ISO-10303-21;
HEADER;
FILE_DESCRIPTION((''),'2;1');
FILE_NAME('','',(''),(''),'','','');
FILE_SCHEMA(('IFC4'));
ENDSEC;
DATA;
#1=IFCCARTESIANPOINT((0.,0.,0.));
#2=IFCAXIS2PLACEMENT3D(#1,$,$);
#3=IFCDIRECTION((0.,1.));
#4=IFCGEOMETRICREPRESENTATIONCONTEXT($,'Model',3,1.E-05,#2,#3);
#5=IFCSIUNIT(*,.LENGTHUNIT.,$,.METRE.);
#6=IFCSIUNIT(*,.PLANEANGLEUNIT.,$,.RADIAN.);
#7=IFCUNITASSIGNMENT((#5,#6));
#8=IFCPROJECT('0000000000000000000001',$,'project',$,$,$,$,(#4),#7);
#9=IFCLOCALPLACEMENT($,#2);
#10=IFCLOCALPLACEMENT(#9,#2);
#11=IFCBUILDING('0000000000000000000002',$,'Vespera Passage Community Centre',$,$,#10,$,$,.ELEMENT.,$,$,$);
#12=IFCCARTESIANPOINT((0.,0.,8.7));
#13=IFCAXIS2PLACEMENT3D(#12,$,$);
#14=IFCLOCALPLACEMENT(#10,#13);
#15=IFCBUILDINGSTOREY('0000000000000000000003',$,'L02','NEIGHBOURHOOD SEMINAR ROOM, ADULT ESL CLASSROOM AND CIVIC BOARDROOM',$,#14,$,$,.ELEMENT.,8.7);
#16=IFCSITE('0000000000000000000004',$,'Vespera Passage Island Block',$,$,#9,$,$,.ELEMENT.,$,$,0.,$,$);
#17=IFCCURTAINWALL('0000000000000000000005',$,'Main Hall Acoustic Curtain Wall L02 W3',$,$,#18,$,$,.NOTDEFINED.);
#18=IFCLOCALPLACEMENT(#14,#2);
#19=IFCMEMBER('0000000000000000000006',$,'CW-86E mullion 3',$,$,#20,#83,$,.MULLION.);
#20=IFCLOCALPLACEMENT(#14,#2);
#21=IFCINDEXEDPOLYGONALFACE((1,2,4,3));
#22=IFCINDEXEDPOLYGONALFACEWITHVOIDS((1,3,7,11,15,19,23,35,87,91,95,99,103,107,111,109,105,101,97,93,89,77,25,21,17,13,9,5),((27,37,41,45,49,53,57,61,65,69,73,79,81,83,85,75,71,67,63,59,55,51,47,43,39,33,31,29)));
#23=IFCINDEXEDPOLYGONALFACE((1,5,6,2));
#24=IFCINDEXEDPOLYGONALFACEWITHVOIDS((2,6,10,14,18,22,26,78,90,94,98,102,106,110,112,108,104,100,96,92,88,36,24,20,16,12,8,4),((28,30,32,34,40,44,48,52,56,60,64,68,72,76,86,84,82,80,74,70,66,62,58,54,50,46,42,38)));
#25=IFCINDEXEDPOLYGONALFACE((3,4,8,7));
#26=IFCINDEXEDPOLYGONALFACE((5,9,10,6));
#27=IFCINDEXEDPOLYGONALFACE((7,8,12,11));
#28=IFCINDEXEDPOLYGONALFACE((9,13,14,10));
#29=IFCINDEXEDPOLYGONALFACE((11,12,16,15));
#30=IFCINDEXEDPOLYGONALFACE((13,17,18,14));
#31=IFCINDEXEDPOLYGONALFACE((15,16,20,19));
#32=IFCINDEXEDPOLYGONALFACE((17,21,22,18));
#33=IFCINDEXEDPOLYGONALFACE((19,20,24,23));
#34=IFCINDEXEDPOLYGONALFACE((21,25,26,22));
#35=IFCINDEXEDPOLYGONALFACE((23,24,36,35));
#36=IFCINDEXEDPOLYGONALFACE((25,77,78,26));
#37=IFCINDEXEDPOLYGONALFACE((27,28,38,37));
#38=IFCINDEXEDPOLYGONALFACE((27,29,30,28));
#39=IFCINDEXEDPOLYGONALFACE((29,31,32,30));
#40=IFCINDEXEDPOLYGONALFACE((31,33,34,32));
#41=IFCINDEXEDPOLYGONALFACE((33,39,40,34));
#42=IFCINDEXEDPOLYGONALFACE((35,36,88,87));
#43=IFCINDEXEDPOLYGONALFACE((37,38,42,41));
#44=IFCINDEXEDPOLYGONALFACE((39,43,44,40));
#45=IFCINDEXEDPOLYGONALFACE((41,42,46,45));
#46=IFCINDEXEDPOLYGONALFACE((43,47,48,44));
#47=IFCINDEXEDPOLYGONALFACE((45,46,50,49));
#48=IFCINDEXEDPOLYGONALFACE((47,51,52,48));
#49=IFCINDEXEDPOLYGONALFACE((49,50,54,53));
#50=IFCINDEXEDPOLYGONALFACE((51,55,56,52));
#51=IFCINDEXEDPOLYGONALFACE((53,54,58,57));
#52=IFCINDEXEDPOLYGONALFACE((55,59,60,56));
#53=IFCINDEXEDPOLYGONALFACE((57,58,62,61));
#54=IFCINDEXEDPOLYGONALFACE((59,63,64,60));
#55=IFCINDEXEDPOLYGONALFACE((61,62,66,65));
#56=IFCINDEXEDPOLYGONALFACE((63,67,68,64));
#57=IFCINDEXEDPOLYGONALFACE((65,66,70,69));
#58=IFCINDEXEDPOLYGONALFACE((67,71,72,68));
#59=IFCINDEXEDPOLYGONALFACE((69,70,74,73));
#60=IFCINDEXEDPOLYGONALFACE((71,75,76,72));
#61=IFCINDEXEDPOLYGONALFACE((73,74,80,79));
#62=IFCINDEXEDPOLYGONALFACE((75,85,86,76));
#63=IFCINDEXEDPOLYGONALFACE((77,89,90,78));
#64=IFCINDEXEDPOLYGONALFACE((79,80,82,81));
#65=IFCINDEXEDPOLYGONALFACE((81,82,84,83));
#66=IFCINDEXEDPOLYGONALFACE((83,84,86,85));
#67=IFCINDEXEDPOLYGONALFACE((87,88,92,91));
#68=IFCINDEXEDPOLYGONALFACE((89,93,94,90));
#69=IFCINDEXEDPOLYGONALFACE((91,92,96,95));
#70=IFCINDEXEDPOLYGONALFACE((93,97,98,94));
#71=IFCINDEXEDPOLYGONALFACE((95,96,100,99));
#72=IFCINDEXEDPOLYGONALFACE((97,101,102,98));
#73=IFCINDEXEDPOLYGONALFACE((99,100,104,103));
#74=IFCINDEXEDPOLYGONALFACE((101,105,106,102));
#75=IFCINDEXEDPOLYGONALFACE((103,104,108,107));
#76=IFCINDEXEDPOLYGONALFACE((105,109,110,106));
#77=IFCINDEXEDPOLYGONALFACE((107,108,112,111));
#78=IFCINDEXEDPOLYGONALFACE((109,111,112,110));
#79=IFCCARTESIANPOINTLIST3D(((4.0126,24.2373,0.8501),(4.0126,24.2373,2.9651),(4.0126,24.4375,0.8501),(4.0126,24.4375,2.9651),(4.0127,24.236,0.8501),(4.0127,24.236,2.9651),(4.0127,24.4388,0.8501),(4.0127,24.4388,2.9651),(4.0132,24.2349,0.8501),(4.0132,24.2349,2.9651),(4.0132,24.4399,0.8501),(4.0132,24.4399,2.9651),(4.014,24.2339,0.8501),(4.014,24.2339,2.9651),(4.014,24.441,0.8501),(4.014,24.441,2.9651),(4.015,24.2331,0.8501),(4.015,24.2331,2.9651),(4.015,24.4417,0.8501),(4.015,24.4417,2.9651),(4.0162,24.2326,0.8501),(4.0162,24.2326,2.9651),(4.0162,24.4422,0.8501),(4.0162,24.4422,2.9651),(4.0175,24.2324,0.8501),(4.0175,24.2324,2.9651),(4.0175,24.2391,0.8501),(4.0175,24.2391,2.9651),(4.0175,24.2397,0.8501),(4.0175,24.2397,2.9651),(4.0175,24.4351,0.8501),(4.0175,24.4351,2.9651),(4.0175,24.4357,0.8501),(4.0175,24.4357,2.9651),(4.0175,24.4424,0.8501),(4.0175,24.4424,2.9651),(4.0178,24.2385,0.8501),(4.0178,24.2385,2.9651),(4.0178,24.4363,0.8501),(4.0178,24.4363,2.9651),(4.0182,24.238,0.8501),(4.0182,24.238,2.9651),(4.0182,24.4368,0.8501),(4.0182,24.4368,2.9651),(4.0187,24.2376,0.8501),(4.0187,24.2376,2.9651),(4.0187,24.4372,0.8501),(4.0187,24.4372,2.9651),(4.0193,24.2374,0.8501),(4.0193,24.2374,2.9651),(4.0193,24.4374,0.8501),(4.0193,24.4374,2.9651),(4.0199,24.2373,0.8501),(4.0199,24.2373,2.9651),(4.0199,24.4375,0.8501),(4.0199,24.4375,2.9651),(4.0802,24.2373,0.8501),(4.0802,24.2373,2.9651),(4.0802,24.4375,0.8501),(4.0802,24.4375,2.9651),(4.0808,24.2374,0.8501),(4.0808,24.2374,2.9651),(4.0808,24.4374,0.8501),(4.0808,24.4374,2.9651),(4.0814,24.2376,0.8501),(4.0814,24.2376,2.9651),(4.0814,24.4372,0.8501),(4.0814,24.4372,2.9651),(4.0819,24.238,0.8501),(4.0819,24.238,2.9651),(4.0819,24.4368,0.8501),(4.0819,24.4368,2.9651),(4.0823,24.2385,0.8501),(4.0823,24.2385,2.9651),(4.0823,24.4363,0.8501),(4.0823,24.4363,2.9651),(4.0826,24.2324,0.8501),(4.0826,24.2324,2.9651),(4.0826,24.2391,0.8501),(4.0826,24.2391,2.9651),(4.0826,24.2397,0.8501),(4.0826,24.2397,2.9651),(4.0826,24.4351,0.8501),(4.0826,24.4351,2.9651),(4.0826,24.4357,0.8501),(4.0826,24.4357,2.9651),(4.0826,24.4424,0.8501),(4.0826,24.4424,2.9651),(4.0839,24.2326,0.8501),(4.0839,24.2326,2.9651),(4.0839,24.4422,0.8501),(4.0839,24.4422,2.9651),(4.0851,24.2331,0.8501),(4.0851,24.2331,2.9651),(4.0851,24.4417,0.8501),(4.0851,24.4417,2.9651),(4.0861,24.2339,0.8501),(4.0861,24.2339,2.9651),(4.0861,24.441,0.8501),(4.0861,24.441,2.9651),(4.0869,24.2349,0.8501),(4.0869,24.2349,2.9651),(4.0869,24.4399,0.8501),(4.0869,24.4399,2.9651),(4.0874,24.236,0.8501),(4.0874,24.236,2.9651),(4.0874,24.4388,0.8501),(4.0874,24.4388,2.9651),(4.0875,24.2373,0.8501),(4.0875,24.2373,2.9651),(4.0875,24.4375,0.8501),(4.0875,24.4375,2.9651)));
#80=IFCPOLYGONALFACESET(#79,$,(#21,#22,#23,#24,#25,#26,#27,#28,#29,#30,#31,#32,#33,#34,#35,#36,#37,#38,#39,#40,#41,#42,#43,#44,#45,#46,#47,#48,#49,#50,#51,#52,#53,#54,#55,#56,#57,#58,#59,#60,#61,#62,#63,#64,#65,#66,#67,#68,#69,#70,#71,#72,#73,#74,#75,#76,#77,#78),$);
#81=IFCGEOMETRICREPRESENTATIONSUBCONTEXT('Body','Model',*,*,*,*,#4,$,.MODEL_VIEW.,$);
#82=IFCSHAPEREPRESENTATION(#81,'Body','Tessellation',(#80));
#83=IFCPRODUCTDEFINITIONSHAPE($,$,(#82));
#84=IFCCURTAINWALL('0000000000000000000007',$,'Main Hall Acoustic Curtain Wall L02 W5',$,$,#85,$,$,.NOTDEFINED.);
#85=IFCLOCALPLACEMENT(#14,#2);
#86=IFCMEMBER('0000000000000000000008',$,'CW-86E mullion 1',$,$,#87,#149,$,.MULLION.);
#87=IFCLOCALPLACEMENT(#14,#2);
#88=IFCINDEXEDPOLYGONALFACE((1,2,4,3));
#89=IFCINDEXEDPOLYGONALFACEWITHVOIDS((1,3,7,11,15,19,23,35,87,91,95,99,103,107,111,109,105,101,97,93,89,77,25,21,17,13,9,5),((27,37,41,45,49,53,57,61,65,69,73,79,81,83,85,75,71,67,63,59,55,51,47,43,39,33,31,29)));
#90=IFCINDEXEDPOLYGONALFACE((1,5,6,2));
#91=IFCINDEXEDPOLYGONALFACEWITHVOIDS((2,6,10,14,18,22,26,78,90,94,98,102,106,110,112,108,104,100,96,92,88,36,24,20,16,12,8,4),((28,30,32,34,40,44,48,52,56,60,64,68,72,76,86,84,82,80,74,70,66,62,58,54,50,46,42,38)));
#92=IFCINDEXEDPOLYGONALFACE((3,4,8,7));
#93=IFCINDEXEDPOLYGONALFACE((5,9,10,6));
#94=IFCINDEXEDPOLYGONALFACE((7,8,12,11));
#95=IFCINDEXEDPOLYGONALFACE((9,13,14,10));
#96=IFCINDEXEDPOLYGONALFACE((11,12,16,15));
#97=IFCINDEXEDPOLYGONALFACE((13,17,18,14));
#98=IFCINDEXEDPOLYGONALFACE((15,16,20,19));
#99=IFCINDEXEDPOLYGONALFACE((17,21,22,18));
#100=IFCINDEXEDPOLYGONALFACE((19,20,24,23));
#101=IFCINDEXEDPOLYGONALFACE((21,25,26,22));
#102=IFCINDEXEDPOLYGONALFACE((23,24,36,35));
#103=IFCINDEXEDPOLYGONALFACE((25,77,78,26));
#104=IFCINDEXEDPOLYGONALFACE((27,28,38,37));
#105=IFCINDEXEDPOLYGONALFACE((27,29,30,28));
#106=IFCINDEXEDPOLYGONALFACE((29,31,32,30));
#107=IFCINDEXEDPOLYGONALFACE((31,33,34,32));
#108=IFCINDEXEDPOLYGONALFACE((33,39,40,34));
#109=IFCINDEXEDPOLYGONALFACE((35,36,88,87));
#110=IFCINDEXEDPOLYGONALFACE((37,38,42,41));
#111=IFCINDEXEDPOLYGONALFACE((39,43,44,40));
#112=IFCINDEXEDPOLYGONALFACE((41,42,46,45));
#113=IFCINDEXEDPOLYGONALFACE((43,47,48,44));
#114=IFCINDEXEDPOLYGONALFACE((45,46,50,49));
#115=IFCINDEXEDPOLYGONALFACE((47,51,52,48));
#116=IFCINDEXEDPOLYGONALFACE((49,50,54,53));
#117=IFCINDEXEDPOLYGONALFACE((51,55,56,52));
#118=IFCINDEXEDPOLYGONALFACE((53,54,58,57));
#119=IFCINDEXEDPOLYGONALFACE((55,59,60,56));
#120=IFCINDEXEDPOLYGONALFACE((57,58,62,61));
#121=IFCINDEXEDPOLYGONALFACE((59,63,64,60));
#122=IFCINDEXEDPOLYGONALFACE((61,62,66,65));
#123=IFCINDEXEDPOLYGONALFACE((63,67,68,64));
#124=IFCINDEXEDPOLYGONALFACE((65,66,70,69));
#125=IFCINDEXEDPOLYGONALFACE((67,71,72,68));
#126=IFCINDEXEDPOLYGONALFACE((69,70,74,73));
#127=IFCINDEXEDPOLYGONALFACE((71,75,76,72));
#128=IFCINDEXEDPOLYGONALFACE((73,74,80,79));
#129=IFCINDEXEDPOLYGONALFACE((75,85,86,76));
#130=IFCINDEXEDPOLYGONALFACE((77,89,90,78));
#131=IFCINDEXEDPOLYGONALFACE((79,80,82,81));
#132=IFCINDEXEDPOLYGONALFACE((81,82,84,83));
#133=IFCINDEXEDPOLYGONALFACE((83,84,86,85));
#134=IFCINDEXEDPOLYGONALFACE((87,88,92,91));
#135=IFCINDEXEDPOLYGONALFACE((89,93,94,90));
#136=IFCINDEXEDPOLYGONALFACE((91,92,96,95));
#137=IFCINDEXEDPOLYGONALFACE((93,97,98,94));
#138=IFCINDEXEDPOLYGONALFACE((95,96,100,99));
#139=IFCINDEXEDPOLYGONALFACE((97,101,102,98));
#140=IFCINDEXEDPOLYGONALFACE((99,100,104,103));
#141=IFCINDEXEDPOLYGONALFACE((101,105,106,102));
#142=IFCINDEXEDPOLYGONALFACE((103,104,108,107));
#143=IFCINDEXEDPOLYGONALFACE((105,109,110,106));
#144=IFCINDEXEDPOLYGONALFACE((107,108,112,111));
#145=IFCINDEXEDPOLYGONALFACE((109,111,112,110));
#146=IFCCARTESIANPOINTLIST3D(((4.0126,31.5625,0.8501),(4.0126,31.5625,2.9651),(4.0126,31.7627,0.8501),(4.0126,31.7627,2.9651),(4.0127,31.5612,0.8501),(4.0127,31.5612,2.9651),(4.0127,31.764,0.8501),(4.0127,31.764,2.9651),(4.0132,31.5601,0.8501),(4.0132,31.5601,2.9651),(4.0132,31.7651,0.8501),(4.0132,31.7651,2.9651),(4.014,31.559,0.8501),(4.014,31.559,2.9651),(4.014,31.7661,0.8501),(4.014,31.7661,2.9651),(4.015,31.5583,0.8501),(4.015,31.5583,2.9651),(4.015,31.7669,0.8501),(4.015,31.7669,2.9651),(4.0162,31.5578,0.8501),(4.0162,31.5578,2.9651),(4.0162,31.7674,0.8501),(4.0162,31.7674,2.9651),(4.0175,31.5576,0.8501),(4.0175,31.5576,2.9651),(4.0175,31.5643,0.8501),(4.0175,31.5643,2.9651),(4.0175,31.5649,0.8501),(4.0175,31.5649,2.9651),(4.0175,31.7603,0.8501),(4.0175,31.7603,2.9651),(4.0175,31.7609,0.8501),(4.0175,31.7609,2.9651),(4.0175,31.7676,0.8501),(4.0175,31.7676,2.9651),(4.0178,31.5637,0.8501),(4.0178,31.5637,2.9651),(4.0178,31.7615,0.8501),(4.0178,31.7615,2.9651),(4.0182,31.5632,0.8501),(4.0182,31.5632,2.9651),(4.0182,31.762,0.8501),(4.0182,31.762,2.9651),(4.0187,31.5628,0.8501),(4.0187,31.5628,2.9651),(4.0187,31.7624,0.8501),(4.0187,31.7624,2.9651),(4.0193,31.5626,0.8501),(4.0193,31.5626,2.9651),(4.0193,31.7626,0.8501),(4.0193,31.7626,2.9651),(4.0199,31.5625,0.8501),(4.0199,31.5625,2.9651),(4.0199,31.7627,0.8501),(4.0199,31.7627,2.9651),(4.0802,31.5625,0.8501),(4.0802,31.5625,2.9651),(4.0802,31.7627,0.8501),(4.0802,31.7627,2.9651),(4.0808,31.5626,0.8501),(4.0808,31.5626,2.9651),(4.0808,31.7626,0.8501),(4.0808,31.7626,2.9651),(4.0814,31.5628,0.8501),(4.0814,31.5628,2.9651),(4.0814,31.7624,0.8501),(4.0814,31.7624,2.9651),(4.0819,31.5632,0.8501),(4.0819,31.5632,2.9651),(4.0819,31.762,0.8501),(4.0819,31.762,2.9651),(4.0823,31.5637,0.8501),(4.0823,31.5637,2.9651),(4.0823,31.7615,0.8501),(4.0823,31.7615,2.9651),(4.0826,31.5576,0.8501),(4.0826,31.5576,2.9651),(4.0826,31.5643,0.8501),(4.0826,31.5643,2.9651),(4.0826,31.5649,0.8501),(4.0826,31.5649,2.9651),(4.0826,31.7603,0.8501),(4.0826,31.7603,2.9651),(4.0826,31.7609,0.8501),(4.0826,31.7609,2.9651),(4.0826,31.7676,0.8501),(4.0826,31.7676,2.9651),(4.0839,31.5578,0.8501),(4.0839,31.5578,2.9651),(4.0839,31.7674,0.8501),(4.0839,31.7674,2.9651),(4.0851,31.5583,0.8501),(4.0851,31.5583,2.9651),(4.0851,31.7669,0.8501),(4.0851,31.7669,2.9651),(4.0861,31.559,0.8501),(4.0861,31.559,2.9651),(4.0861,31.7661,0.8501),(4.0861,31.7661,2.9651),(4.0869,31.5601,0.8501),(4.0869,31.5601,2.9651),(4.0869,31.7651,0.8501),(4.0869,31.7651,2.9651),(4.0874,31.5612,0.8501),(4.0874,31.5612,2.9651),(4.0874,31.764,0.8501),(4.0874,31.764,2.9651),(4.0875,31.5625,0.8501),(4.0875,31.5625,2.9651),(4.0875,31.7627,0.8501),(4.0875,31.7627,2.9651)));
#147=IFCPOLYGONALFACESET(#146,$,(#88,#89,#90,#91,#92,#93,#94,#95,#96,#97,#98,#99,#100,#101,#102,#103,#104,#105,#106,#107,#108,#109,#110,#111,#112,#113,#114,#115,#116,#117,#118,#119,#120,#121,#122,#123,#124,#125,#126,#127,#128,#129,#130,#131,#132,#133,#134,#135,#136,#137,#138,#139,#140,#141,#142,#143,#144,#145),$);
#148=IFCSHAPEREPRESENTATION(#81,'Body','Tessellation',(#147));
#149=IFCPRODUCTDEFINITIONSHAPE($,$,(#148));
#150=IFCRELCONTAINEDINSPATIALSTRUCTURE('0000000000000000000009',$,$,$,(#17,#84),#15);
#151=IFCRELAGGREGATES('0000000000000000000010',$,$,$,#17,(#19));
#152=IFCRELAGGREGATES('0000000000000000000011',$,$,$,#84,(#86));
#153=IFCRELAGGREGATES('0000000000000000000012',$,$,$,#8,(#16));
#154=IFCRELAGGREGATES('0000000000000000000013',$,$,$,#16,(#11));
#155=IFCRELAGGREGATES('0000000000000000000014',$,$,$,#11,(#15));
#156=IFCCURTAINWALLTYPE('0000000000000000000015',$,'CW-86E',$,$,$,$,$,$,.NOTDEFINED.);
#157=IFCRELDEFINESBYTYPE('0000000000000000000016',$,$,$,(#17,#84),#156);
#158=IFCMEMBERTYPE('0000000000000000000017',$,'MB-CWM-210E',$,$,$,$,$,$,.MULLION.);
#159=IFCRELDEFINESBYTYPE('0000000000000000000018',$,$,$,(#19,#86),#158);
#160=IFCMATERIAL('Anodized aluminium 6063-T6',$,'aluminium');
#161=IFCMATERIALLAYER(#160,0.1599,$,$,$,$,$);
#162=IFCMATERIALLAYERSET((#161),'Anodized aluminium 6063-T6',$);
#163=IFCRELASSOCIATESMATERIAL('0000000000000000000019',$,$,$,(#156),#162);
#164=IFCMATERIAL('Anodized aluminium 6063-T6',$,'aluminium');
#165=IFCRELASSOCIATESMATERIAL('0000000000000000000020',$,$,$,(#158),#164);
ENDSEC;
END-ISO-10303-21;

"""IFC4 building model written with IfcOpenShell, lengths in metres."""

from ifc_helpers import new_model, si_unit, direction, frame, origin, origin_2d, place, context, subcontext, project, spatial, hollow_rectangle, extrude, material, layer, layer_set, material_profile, profile_set, type_object, element, aggregate, save


model = new_model("IFC4")

# Units and contexts
model_context = context("Model", 3, precision=1e-05, world=origin(), true_north=direction((0.0, 1.0)))
body_context = subcontext(model_context, "Body", "Model", "MODEL_VIEW")
ifc_project = project(units=[si_unit("LENGTHUNIT", "METRE"), si_unit("PLANEANGLEUNIT", "RADIAN")], contexts=[model_context])

# Site, building, storey
site_placement = place(None, origin())
site = spatial("IfcSite", under=ifc_project, at=site_placement, Name="Vespera Passage Island Block", CompositionType="ELEMENT", RefElevation=0.0)
building_placement = place(site_placement, origin())
building = spatial("IfcBuilding", under=site, at=building_placement, Name="Vespera Passage Community Centre", CompositionType="ELEMENT")
storey_placement = place(building_placement, frame((0.0, 0.0, 8.7)))
storey = spatial("IfcBuildingStorey", under=building, at=storey_placement, Name="L02", Description="NEIGHBOURHOOD SEMINAR ROOM, ADULT ESL CLASSROOM AND CIVIC BOARDROOM", CompositionType="ELEMENT", Elevation=8.7)

# Shared definitions
ifc_material_1 = material(Name="Anodized aluminium 6063-T6", Category="aluminium")
ifc_layer_1 = layer(ifc_material_1, 0.1599)
ifc_layer_set_1 = layer_set([ifc_layer_1], Name="Anodized aluminium 6063-T6")
curtain_wall_type = type_object("IfcCurtainWallType", Name="CW-86E", PredefinedType="NOTDEFINED", material=ifc_layer_set_1)
ifc_material_2 = material(Name="Anodized aluminium 6063-T6", Category="aluminium")
ifc_material_profile_1 = material_profile(ifc_material_2, hollow_rectangle(XDim=0.075, YDim=0.21, WallThickness=0.0049, InnerFilletRadius=0.0024, OuterFilletRadius=0.0049, at=origin_2d()), Name="ALU210X75X5")
ifc_profile_set_1 = profile_set([ifc_material_profile_1], Name="Anodized aluminium 6063-T6")
member_type_1 = type_object("IfcMemberType", Name="MB-CWM-210E", PredefinedType="MULLION", material=ifc_profile_set_1)

# Curtain wall, member
curtain_wall_1_placement = place(storey_placement, origin())
curtain_wall_1 = element("IfcCurtainWall", 1, at=curtain_wall_1_placement, inside=storey, type_object=curtain_wall_type, Name="Main Hall Acoustic Curtain Wall L02 W3", PredefinedType="NOTDEFINED")
member_1_placement = place(storey_placement, frame((4.05, 24.3374, 0.8501), z_axis=(0.0, 0.0, 1.0), x_axis=(-1.0, 0.0, 0.0)))
member_1 = element("IfcMember", 2, at=member_1_placement, type_object=member_type_1, Name="CW-86E mullion 3", PredefinedType="MULLION", context=body_context, shape_type="SweptSolid", body=[
    extrude(hollow_rectangle(XDim=0.075, YDim=0.21, WallThickness=0.0049, InnerFilletRadius=0.0024, OuterFilletRadius=0.0049, at=origin_2d()), origin(), (0.0, 0.0, 1.0), 2.115),
])

# Curtain wall, member
curtain_wall_2_placement = place(storey_placement, origin())
curtain_wall_2 = element("IfcCurtainWall", 3, at=curtain_wall_2_placement, inside=storey, type_object=curtain_wall_type, Name="Main Hall Acoustic Curtain Wall L02 W5", PredefinedType="NOTDEFINED")
member_2_placement = place(storey_placement, frame((4.05, 31.6626, 0.8501), z_axis=(0.0, 0.0, 1.0), x_axis=(-1.0, 0.0, 0.0)))
member_2 = element("IfcMember", 4, at=member_2_placement, type_object=member_type_1, Name="CW-86E mullion 1", PredefinedType="MULLION", context=body_context, shape_type="SweptSolid", body=[
    extrude(hollow_rectangle(XDim=0.075, YDim=0.21, WallThickness=0.0049, InnerFilletRadius=0.0024, OuterFilletRadius=0.0049, at=origin_2d()), origin(), (0.0, 0.0, 1.0), 2.115),
])

aggregate(curtain_wall_1, [member_1])
aggregate(curtain_wall_2, [member_2])

save(model, "model.ifc")
